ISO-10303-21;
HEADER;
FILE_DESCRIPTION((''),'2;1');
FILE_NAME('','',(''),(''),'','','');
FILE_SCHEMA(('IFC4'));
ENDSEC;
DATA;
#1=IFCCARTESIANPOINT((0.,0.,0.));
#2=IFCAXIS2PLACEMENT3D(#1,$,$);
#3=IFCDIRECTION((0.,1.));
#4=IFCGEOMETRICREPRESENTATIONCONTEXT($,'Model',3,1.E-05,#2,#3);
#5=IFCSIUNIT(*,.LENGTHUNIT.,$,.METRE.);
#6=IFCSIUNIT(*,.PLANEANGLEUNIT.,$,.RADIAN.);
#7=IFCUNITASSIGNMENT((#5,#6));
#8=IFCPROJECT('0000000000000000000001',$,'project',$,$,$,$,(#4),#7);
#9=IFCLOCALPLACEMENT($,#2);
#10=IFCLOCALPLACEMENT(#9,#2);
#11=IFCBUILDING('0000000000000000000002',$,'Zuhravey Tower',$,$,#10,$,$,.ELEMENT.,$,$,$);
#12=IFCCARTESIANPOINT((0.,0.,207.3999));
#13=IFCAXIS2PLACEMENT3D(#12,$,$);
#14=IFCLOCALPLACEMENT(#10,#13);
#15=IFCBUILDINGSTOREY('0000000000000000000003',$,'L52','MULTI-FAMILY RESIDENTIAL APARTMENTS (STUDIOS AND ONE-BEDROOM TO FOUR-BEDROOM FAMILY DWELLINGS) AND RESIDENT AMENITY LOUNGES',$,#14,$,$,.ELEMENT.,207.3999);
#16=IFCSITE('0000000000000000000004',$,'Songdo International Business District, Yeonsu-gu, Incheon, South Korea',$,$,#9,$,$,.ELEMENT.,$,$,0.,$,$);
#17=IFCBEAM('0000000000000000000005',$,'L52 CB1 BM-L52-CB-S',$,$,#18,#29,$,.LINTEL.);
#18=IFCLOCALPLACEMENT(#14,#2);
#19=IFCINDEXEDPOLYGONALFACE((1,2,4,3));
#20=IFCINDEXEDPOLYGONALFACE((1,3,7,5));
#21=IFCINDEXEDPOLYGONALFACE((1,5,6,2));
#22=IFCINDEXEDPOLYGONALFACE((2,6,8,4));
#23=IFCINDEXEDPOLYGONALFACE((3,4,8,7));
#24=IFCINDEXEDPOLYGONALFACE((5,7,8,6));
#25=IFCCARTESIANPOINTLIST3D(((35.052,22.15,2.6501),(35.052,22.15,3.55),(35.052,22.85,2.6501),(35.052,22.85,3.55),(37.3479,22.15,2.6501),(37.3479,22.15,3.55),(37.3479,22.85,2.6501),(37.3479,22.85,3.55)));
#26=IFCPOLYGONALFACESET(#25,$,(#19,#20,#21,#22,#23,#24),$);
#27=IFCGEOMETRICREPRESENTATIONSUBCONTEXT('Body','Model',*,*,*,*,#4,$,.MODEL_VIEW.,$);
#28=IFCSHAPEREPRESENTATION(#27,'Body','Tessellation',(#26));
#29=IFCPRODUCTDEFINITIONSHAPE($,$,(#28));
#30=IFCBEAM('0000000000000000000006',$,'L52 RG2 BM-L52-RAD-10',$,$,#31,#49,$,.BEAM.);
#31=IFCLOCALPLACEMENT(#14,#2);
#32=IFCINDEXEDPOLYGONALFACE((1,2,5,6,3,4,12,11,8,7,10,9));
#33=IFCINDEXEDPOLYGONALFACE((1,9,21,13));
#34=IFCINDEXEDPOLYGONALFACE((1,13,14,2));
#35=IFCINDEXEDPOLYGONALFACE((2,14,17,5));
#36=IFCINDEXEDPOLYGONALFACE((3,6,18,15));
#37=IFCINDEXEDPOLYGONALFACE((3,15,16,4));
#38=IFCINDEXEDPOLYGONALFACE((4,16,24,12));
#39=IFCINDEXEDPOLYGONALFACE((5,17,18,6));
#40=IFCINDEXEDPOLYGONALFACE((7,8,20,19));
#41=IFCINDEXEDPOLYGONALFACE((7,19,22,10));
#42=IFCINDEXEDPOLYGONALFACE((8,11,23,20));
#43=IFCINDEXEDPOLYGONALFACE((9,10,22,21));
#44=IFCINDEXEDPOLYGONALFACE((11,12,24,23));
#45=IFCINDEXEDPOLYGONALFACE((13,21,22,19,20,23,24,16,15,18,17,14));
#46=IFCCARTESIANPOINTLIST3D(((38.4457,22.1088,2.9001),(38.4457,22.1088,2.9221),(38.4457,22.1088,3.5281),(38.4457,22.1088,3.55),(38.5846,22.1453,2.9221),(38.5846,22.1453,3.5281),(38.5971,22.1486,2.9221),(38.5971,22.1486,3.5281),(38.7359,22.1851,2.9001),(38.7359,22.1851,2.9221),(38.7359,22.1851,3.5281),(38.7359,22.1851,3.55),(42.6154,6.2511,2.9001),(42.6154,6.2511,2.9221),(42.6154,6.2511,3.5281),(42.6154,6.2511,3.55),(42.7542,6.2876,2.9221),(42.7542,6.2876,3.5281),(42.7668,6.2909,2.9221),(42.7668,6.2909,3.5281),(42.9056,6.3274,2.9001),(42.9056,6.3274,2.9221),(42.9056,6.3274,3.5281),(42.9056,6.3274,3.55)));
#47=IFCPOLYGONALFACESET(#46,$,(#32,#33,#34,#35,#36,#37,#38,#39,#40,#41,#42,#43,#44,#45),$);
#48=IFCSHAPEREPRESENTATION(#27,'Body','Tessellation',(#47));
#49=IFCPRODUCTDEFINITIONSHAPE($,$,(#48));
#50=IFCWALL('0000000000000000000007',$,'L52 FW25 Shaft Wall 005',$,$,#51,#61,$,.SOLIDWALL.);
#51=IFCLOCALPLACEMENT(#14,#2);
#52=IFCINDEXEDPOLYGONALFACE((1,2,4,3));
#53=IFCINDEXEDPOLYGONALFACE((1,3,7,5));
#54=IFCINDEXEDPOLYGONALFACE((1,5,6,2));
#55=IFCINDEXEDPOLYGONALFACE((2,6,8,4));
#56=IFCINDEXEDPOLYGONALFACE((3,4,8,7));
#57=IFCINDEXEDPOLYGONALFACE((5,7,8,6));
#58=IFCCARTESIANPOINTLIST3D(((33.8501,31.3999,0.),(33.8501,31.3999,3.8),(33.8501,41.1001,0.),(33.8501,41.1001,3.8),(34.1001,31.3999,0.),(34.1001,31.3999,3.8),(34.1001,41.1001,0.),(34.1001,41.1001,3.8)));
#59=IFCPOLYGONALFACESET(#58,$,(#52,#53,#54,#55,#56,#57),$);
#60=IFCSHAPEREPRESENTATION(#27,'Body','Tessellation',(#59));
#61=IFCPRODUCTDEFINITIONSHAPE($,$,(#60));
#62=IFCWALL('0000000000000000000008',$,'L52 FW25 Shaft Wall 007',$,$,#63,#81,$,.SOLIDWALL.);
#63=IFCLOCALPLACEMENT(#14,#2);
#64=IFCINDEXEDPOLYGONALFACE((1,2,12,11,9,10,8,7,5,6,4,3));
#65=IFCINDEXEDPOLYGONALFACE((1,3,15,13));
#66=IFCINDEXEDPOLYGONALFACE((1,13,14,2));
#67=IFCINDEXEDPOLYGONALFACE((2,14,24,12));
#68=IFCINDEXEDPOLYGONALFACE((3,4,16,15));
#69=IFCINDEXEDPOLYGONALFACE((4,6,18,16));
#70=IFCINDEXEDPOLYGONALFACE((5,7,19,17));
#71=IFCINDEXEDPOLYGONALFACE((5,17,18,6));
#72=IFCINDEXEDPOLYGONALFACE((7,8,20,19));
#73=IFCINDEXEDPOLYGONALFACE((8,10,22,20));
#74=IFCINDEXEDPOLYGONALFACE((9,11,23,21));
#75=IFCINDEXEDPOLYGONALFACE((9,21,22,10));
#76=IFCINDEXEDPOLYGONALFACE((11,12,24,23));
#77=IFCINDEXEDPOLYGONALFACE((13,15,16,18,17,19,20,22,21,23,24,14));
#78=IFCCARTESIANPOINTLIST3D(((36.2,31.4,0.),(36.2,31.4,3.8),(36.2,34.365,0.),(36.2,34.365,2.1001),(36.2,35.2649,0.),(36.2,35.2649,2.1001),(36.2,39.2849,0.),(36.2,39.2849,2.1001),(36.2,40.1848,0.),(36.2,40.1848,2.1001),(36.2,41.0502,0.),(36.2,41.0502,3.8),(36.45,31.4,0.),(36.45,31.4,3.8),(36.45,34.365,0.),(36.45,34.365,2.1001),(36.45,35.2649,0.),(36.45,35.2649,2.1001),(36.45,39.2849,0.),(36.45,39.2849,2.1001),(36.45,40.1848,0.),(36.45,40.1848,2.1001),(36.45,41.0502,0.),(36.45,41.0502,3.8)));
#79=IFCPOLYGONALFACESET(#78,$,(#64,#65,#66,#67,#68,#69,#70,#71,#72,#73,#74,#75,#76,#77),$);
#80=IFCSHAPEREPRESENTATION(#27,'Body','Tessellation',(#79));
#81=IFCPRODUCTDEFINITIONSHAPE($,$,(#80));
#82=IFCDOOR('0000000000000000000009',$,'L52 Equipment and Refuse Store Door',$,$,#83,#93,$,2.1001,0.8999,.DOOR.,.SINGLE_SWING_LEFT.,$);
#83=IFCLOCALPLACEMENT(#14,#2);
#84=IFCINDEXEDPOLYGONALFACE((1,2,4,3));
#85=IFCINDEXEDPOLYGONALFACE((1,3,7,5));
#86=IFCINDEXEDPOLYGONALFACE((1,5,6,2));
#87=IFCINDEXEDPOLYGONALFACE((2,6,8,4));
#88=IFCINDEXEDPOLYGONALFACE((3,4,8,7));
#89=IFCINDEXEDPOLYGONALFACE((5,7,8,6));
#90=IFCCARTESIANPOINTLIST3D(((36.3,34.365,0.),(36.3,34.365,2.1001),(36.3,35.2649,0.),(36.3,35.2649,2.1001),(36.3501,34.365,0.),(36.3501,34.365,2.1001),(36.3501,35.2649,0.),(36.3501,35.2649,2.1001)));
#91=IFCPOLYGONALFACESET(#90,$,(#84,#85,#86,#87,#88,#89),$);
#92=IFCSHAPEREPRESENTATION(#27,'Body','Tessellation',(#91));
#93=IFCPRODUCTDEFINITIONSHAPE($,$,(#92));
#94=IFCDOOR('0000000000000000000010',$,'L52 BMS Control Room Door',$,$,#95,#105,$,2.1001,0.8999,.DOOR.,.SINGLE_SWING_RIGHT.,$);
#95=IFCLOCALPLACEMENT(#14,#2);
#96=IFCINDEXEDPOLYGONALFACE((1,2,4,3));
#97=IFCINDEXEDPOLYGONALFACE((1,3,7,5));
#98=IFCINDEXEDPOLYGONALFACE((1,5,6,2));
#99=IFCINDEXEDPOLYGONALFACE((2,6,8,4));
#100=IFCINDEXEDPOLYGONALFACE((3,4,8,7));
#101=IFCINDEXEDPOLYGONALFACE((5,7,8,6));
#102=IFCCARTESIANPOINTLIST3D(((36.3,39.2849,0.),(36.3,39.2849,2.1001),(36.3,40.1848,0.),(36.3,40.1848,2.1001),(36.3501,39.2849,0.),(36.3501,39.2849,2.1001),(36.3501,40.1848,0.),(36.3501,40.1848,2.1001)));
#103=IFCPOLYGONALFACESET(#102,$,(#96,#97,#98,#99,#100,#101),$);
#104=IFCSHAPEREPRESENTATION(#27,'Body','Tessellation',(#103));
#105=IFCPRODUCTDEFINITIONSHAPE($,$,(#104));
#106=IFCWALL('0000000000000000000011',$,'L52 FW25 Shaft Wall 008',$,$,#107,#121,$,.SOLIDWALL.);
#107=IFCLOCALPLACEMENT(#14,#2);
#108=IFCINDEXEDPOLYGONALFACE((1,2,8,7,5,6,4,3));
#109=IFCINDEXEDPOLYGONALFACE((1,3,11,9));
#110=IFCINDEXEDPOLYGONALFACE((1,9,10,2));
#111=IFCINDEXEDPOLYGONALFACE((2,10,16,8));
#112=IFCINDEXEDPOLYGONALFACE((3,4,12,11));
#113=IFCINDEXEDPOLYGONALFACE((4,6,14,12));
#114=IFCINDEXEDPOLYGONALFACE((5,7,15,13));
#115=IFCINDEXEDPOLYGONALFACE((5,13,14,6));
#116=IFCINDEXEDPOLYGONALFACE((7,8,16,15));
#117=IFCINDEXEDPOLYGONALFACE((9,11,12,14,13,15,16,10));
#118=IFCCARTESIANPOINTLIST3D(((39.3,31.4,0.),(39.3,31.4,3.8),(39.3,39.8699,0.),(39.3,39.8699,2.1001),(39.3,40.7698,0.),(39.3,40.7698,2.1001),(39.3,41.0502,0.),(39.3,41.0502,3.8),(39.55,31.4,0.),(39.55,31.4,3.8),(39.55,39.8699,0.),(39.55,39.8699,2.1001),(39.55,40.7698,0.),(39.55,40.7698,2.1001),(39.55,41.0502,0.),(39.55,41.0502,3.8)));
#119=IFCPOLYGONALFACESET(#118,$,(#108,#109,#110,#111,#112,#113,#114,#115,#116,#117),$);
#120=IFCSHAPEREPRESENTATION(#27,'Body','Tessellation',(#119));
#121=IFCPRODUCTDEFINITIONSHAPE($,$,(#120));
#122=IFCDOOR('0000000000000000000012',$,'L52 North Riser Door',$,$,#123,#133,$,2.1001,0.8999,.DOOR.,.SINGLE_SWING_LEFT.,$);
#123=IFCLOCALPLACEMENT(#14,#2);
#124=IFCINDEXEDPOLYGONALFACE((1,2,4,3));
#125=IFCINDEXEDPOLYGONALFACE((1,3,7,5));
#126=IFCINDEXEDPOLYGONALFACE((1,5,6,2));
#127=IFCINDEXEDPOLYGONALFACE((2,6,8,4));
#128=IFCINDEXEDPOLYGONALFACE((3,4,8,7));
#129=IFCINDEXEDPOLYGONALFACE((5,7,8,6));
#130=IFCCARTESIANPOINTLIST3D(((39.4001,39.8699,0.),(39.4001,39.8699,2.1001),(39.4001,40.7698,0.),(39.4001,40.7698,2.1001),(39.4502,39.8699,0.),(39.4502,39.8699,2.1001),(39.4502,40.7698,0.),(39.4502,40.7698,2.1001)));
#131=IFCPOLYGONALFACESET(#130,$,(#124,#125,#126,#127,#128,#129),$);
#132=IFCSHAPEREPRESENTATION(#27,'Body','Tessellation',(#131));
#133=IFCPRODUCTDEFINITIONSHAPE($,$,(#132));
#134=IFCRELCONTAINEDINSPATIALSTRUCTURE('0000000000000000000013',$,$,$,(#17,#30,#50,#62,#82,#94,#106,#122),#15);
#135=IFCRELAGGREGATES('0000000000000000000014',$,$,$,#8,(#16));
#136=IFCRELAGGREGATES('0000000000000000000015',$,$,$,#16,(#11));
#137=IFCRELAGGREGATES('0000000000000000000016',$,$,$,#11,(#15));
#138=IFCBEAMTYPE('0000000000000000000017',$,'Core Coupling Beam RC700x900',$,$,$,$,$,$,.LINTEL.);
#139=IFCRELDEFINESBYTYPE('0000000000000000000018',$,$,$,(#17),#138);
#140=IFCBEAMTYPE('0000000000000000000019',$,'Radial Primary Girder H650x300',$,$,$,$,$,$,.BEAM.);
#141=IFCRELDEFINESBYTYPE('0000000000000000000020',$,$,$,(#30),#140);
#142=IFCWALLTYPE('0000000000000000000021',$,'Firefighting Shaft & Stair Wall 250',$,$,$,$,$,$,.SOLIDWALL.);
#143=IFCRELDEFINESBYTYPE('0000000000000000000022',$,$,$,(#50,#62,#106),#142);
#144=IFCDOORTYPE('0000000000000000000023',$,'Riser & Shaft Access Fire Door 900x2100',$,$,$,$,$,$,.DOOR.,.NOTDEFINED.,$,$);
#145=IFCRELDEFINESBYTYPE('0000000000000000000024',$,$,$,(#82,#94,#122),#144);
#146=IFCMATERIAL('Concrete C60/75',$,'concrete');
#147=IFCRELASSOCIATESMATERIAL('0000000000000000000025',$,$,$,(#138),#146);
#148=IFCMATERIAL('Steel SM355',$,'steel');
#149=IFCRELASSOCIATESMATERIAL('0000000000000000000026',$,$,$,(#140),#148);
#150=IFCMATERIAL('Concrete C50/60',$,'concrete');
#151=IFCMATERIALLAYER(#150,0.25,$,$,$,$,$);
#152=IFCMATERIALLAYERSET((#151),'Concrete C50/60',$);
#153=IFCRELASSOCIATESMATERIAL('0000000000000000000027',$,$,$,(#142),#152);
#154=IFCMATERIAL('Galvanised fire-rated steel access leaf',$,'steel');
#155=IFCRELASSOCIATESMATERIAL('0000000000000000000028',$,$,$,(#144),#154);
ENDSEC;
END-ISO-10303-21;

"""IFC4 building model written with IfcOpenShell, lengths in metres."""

from ifc_helpers import new_model, si_unit, direction, frame, frame_2d, origin, origin_2d, place, context, subcontext, project, spatial, rectangle, i_section, extrude, material, layer, layer_set, material_profile, profile_set, type_object, element, fill, save


model = new_model("IFC4")

# Units and contexts
model_context = context("Model", 3, precision=1e-05, world=origin(), true_north=direction((0.0, 1.0)))
body_context = subcontext(model_context, "Body", "Model", "MODEL_VIEW")
ifc_project = project(units=[si_unit("LENGTHUNIT", "METRE"), si_unit("PLANEANGLEUNIT", "RADIAN")], contexts=[model_context])

# Site, building, storey
site_placement = place(None, origin())
site = spatial("IfcSite", under=ifc_project, at=site_placement, Name="Songdo International Business District, Yeonsu-gu, Incheon, South Korea", CompositionType="ELEMENT", RefElevation=0.0)
building_placement = place(site_placement, origin())
building = spatial("IfcBuilding", under=site, at=building_placement, Name="Zuhravey Tower", CompositionType="ELEMENT")
storey_placement = place(building_placement, frame((0.0, 0.0, 207.3999)))
storey = spatial("IfcBuildingStorey", under=building, at=storey_placement, Name="L52", Description="MULTI-FAMILY RESIDENTIAL APARTMENTS (STUDIOS AND ONE-BEDROOM TO FOUR-BEDROOM FAMILY DWELLINGS) AND RESIDENT AMENITY LOUNGES", CompositionType="ELEMENT", Elevation=207.3999)

# Beams
ifc_material_1 = material(Name="Concrete C60/75", Category="concrete")
ifc_material_profile_1 = material_profile(ifc_material_1, rectangle(XDim=0.7, YDim=0.8999, at=origin_2d()), Name="RC-700x900")
ifc_profile_set_1 = profile_set([ifc_material_profile_1], Name="Concrete C60/75")
beam_type_1 = type_object("IfcBeamType", Name="Core Coupling Beam RC700x900", PredefinedType="LINTEL", material=ifc_profile_set_1)
beam_1_placement = place(storey_placement, frame((35.052, 22.5, 3.1001), z_axis=(1.0, 0.0, 0.0), x_axis=(0.0, 1.0, 0.0)))
element("IfcBeam", 1, at=beam_1_placement, inside=storey, type_object=beam_type_1, Name="L52 CB1 BM-L52-CB-S", PredefinedType="LINTEL", context=body_context, shape_type="SweptSolid", body=[
    extrude(rectangle(XDim=0.7, YDim=0.8999, at=origin_2d()), origin(), (0.0, 0.0, 1.0), 2.2959),
])
ifc_material_2 = material(Name="Steel SM355", Category="steel")
ifc_material_profile_2 = material_profile(ifc_material_2, i_section(OverallWidth=0.3, OverallDepth=0.6499, WebThickness=0.0129, FlangeThickness=0.022, at=origin_2d()), Name="H-650x300x13x22")
ifc_profile_set_2 = profile_set([ifc_material_profile_2], Name="Steel SM355")
beam_type_2 = type_object("IfcBeamType", Name="Radial Primary Girder H650x300", PredefinedType="BEAM", material=ifc_profile_set_2)
beam_2_placement = place(storey_placement, frame((38.5908, 22.147, 3.2251), z_axis=(0.2543, -0.967125, 0.0), x_axis=(0.967125, 0.2543, 0.0)))
element("IfcBeam", 2, at=beam_2_placement, inside=storey, type_object=beam_type_2, Name="L52 RG2 BM-L52-RAD-10", PredefinedType="BEAM", context=body_context, shape_type="SweptSolid", body=[
    extrude(i_section(OverallWidth=0.3, OverallDepth=0.6499, WebThickness=0.0129, FlangeThickness=0.022, at=origin_2d()), origin(), (0.0, 0.0, 1.0), 16.3967),
])

# Shared definitions
ifc_material_3 = material(Name="Concrete C50/60", Category="concrete")
ifc_layer_1 = layer(ifc_material_3, 0.25)
ifc_layer_set_1 = layer_set([ifc_layer_1], Name="Concrete C50/60")
wall_type_1 = type_object("IfcWallType", Name="Firefighting Shaft & Stair Wall 250", PredefinedType="SOLIDWALL", material=ifc_layer_set_1)

# Wall
wall_1_placement = place(storey_placement, frame((33.9751, 31.3999, 0.0), z_axis=(0.0, 0.0, 1.0), x_axis=(0.0, 1.0, 0.0)))
element("IfcWall", 3, at=wall_1_placement, inside=storey, type_object=wall_type_1, Name="L52 FW25 Shaft Wall 005", PredefinedType="SOLIDWALL", context=body_context, shape_type="SweptSolid", body=[
    extrude(rectangle(XDim=9.7002, YDim=0.25, at=frame_2d((4.8501, 0.0))), origin(), (0.0, 0.0, 1.0), 3.8),
])

# Wall, openings, doors
wall_2_placement = place(storey_placement, frame((36.325, 31.3999, 0.0), z_axis=(0.0, 0.0, 1.0), x_axis=(0.0, 1.0, 0.0)))
wall_2 = element("IfcWall", 4, at=wall_2_placement, inside=storey, type_object=wall_type_1, Name="L52 FW25 Shaft Wall 007", PredefinedType="SOLIDWALL", context=body_context, shape_type="SweptSolid", body=[
    extrude(rectangle(XDim=9.6501, YDim=0.25, at=frame_2d((4.8252, 0.0))), origin(), (0.0, 0.0, 1.0), 3.8),
])
opening_1_placement = place(wall_2_placement, frame((2.9651, 0.0, 0.0)))
opening_1 = element("IfcOpeningElement", 5, at=opening_1_placement, cuts=wall_2, PredefinedType="OPENING", context=body_context, shape_type="SweptSolid", body=[
    extrude(rectangle(XDim=0.8999, YDim=2.1001, at=frame_2d((0.45, 1.05))), frame((0.0, 0.137, 0.0), z_axis=(0.0, -1.0, 0.0), x_axis=(1.0, 0.0, 0.0)), (0.0, 0.0, 1.0), 0.2739),
])
opening_2_placement = place(wall_2_placement, frame((7.885, 0.0, 0.0)))
opening_2 = element("IfcOpeningElement", 6, at=opening_2_placement, cuts=wall_2, PredefinedType="OPENING", context=body_context, shape_type="SweptSolid", body=[
    extrude(rectangle(XDim=0.8999, YDim=2.1001, at=frame_2d((0.45, 1.05))), frame((0.0, 0.137, 0.0), z_axis=(0.0, -1.0, 0.0), x_axis=(1.0, 0.0, 0.0)), (0.0, 0.0, 1.0), 0.2739),
])
ifc_material_4 = material(Name="Galvanised fire-rated steel access leaf", Category="steel")
door_type_1 = type_object("IfcDoorType", Name="Riser & Shaft Access Fire Door 900x2100", OperationType="NOTDEFINED", PredefinedType="DOOR", material=ifc_material_4)
door_1_placement = place(opening_1_placement, origin())
door_1 = element("IfcDoor", 7, at=door_1_placement, inside=storey, type_object=door_type_1, Name="L52 Equipment and Refuse Store Door", OperationType="SINGLE_SWING_LEFT", OverallHeight=2.1001, OverallWidth=0.8999, PredefinedType="DOOR", context=body_context, shape_type="SweptSolid", body=[
    extrude(rectangle(XDim=0.8999, YDim=2.1001, at=frame_2d((0.45, 1.05))), frame((0.0, 0.0249, 0.0), z_axis=(0.0, -1.0, 0.0), x_axis=(1.0, 0.0, 0.0)), (0.0, 0.0, 1.0), 0.05),
])
fill(opening_1, door_1)
door_2_placement = place(opening_2_placement, origin())
door_2 = element("IfcDoor", 8, at=door_2_placement, inside=storey, type_object=door_type_1, Name="L52 BMS Control Room Door", OperationType="SINGLE_SWING_RIGHT", OverallHeight=2.1001, OverallWidth=0.8999, PredefinedType="DOOR", context=body_context, shape_type="SweptSolid", body=[
    extrude(rectangle(XDim=0.8999, YDim=2.1001, at=frame_2d((0.45, 1.05))), frame((0.0, 0.0249, 0.0), z_axis=(0.0, -1.0, 0.0), x_axis=(1.0, 0.0, 0.0)), (0.0, 0.0, 1.0), 0.05),
])
fill(opening_2, door_2)

# Wall, opening, door
wall_3_placement = place(storey_placement, frame((39.425, 31.3999, 0.0), z_axis=(0.0, 0.0, 1.0), x_axis=(0.0, 1.0, 0.0)))
wall_3 = element("IfcWall", 9, at=wall_3_placement, inside=storey, type_object=wall_type_1, Name="L52 FW25 Shaft Wall 008", PredefinedType="SOLIDWALL", context=body_context, shape_type="SweptSolid", body=[
    extrude(rectangle(XDim=9.6501, YDim=0.25, at=frame_2d((4.8252, 0.0))), origin(), (0.0, 0.0, 1.0), 3.8),
])
opening_3_placement = place(wall_3_placement, frame((8.47, 0.0, 0.0)))
opening_3 = element("IfcOpeningElement", 10, at=opening_3_placement, cuts=wall_3, PredefinedType="OPENING", context=body_context, shape_type="SweptSolid", body=[
    extrude(rectangle(XDim=0.8999, YDim=2.1001, at=frame_2d((0.45, 1.05))), frame((0.0, 0.137, 0.0), z_axis=(0.0, -1.0, 0.0), x_axis=(1.0, 0.0, 0.0)), (0.0, 0.0, 1.0), 0.2739),
])
door_3_placement = place(opening_3_placement, origin())
door_3 = element("IfcDoor", 11, at=door_3_placement, inside=storey, type_object=door_type_1, Name="L52 North Riser Door", OperationType="SINGLE_SWING_LEFT", OverallHeight=2.1001, OverallWidth=0.8999, PredefinedType="DOOR", context=body_context, shape_type="SweptSolid", body=[
    extrude(rectangle(XDim=0.8999, YDim=2.1001, at=frame_2d((0.45, 1.05))), frame((0.0, 0.0249, 0.0), z_axis=(0.0, -1.0, 0.0), x_axis=(1.0, 0.0, 0.0)), (0.0, 0.0, 1.0), 0.05),
])
fill(opening_3, door_3)

save(model, "model.ifc")
